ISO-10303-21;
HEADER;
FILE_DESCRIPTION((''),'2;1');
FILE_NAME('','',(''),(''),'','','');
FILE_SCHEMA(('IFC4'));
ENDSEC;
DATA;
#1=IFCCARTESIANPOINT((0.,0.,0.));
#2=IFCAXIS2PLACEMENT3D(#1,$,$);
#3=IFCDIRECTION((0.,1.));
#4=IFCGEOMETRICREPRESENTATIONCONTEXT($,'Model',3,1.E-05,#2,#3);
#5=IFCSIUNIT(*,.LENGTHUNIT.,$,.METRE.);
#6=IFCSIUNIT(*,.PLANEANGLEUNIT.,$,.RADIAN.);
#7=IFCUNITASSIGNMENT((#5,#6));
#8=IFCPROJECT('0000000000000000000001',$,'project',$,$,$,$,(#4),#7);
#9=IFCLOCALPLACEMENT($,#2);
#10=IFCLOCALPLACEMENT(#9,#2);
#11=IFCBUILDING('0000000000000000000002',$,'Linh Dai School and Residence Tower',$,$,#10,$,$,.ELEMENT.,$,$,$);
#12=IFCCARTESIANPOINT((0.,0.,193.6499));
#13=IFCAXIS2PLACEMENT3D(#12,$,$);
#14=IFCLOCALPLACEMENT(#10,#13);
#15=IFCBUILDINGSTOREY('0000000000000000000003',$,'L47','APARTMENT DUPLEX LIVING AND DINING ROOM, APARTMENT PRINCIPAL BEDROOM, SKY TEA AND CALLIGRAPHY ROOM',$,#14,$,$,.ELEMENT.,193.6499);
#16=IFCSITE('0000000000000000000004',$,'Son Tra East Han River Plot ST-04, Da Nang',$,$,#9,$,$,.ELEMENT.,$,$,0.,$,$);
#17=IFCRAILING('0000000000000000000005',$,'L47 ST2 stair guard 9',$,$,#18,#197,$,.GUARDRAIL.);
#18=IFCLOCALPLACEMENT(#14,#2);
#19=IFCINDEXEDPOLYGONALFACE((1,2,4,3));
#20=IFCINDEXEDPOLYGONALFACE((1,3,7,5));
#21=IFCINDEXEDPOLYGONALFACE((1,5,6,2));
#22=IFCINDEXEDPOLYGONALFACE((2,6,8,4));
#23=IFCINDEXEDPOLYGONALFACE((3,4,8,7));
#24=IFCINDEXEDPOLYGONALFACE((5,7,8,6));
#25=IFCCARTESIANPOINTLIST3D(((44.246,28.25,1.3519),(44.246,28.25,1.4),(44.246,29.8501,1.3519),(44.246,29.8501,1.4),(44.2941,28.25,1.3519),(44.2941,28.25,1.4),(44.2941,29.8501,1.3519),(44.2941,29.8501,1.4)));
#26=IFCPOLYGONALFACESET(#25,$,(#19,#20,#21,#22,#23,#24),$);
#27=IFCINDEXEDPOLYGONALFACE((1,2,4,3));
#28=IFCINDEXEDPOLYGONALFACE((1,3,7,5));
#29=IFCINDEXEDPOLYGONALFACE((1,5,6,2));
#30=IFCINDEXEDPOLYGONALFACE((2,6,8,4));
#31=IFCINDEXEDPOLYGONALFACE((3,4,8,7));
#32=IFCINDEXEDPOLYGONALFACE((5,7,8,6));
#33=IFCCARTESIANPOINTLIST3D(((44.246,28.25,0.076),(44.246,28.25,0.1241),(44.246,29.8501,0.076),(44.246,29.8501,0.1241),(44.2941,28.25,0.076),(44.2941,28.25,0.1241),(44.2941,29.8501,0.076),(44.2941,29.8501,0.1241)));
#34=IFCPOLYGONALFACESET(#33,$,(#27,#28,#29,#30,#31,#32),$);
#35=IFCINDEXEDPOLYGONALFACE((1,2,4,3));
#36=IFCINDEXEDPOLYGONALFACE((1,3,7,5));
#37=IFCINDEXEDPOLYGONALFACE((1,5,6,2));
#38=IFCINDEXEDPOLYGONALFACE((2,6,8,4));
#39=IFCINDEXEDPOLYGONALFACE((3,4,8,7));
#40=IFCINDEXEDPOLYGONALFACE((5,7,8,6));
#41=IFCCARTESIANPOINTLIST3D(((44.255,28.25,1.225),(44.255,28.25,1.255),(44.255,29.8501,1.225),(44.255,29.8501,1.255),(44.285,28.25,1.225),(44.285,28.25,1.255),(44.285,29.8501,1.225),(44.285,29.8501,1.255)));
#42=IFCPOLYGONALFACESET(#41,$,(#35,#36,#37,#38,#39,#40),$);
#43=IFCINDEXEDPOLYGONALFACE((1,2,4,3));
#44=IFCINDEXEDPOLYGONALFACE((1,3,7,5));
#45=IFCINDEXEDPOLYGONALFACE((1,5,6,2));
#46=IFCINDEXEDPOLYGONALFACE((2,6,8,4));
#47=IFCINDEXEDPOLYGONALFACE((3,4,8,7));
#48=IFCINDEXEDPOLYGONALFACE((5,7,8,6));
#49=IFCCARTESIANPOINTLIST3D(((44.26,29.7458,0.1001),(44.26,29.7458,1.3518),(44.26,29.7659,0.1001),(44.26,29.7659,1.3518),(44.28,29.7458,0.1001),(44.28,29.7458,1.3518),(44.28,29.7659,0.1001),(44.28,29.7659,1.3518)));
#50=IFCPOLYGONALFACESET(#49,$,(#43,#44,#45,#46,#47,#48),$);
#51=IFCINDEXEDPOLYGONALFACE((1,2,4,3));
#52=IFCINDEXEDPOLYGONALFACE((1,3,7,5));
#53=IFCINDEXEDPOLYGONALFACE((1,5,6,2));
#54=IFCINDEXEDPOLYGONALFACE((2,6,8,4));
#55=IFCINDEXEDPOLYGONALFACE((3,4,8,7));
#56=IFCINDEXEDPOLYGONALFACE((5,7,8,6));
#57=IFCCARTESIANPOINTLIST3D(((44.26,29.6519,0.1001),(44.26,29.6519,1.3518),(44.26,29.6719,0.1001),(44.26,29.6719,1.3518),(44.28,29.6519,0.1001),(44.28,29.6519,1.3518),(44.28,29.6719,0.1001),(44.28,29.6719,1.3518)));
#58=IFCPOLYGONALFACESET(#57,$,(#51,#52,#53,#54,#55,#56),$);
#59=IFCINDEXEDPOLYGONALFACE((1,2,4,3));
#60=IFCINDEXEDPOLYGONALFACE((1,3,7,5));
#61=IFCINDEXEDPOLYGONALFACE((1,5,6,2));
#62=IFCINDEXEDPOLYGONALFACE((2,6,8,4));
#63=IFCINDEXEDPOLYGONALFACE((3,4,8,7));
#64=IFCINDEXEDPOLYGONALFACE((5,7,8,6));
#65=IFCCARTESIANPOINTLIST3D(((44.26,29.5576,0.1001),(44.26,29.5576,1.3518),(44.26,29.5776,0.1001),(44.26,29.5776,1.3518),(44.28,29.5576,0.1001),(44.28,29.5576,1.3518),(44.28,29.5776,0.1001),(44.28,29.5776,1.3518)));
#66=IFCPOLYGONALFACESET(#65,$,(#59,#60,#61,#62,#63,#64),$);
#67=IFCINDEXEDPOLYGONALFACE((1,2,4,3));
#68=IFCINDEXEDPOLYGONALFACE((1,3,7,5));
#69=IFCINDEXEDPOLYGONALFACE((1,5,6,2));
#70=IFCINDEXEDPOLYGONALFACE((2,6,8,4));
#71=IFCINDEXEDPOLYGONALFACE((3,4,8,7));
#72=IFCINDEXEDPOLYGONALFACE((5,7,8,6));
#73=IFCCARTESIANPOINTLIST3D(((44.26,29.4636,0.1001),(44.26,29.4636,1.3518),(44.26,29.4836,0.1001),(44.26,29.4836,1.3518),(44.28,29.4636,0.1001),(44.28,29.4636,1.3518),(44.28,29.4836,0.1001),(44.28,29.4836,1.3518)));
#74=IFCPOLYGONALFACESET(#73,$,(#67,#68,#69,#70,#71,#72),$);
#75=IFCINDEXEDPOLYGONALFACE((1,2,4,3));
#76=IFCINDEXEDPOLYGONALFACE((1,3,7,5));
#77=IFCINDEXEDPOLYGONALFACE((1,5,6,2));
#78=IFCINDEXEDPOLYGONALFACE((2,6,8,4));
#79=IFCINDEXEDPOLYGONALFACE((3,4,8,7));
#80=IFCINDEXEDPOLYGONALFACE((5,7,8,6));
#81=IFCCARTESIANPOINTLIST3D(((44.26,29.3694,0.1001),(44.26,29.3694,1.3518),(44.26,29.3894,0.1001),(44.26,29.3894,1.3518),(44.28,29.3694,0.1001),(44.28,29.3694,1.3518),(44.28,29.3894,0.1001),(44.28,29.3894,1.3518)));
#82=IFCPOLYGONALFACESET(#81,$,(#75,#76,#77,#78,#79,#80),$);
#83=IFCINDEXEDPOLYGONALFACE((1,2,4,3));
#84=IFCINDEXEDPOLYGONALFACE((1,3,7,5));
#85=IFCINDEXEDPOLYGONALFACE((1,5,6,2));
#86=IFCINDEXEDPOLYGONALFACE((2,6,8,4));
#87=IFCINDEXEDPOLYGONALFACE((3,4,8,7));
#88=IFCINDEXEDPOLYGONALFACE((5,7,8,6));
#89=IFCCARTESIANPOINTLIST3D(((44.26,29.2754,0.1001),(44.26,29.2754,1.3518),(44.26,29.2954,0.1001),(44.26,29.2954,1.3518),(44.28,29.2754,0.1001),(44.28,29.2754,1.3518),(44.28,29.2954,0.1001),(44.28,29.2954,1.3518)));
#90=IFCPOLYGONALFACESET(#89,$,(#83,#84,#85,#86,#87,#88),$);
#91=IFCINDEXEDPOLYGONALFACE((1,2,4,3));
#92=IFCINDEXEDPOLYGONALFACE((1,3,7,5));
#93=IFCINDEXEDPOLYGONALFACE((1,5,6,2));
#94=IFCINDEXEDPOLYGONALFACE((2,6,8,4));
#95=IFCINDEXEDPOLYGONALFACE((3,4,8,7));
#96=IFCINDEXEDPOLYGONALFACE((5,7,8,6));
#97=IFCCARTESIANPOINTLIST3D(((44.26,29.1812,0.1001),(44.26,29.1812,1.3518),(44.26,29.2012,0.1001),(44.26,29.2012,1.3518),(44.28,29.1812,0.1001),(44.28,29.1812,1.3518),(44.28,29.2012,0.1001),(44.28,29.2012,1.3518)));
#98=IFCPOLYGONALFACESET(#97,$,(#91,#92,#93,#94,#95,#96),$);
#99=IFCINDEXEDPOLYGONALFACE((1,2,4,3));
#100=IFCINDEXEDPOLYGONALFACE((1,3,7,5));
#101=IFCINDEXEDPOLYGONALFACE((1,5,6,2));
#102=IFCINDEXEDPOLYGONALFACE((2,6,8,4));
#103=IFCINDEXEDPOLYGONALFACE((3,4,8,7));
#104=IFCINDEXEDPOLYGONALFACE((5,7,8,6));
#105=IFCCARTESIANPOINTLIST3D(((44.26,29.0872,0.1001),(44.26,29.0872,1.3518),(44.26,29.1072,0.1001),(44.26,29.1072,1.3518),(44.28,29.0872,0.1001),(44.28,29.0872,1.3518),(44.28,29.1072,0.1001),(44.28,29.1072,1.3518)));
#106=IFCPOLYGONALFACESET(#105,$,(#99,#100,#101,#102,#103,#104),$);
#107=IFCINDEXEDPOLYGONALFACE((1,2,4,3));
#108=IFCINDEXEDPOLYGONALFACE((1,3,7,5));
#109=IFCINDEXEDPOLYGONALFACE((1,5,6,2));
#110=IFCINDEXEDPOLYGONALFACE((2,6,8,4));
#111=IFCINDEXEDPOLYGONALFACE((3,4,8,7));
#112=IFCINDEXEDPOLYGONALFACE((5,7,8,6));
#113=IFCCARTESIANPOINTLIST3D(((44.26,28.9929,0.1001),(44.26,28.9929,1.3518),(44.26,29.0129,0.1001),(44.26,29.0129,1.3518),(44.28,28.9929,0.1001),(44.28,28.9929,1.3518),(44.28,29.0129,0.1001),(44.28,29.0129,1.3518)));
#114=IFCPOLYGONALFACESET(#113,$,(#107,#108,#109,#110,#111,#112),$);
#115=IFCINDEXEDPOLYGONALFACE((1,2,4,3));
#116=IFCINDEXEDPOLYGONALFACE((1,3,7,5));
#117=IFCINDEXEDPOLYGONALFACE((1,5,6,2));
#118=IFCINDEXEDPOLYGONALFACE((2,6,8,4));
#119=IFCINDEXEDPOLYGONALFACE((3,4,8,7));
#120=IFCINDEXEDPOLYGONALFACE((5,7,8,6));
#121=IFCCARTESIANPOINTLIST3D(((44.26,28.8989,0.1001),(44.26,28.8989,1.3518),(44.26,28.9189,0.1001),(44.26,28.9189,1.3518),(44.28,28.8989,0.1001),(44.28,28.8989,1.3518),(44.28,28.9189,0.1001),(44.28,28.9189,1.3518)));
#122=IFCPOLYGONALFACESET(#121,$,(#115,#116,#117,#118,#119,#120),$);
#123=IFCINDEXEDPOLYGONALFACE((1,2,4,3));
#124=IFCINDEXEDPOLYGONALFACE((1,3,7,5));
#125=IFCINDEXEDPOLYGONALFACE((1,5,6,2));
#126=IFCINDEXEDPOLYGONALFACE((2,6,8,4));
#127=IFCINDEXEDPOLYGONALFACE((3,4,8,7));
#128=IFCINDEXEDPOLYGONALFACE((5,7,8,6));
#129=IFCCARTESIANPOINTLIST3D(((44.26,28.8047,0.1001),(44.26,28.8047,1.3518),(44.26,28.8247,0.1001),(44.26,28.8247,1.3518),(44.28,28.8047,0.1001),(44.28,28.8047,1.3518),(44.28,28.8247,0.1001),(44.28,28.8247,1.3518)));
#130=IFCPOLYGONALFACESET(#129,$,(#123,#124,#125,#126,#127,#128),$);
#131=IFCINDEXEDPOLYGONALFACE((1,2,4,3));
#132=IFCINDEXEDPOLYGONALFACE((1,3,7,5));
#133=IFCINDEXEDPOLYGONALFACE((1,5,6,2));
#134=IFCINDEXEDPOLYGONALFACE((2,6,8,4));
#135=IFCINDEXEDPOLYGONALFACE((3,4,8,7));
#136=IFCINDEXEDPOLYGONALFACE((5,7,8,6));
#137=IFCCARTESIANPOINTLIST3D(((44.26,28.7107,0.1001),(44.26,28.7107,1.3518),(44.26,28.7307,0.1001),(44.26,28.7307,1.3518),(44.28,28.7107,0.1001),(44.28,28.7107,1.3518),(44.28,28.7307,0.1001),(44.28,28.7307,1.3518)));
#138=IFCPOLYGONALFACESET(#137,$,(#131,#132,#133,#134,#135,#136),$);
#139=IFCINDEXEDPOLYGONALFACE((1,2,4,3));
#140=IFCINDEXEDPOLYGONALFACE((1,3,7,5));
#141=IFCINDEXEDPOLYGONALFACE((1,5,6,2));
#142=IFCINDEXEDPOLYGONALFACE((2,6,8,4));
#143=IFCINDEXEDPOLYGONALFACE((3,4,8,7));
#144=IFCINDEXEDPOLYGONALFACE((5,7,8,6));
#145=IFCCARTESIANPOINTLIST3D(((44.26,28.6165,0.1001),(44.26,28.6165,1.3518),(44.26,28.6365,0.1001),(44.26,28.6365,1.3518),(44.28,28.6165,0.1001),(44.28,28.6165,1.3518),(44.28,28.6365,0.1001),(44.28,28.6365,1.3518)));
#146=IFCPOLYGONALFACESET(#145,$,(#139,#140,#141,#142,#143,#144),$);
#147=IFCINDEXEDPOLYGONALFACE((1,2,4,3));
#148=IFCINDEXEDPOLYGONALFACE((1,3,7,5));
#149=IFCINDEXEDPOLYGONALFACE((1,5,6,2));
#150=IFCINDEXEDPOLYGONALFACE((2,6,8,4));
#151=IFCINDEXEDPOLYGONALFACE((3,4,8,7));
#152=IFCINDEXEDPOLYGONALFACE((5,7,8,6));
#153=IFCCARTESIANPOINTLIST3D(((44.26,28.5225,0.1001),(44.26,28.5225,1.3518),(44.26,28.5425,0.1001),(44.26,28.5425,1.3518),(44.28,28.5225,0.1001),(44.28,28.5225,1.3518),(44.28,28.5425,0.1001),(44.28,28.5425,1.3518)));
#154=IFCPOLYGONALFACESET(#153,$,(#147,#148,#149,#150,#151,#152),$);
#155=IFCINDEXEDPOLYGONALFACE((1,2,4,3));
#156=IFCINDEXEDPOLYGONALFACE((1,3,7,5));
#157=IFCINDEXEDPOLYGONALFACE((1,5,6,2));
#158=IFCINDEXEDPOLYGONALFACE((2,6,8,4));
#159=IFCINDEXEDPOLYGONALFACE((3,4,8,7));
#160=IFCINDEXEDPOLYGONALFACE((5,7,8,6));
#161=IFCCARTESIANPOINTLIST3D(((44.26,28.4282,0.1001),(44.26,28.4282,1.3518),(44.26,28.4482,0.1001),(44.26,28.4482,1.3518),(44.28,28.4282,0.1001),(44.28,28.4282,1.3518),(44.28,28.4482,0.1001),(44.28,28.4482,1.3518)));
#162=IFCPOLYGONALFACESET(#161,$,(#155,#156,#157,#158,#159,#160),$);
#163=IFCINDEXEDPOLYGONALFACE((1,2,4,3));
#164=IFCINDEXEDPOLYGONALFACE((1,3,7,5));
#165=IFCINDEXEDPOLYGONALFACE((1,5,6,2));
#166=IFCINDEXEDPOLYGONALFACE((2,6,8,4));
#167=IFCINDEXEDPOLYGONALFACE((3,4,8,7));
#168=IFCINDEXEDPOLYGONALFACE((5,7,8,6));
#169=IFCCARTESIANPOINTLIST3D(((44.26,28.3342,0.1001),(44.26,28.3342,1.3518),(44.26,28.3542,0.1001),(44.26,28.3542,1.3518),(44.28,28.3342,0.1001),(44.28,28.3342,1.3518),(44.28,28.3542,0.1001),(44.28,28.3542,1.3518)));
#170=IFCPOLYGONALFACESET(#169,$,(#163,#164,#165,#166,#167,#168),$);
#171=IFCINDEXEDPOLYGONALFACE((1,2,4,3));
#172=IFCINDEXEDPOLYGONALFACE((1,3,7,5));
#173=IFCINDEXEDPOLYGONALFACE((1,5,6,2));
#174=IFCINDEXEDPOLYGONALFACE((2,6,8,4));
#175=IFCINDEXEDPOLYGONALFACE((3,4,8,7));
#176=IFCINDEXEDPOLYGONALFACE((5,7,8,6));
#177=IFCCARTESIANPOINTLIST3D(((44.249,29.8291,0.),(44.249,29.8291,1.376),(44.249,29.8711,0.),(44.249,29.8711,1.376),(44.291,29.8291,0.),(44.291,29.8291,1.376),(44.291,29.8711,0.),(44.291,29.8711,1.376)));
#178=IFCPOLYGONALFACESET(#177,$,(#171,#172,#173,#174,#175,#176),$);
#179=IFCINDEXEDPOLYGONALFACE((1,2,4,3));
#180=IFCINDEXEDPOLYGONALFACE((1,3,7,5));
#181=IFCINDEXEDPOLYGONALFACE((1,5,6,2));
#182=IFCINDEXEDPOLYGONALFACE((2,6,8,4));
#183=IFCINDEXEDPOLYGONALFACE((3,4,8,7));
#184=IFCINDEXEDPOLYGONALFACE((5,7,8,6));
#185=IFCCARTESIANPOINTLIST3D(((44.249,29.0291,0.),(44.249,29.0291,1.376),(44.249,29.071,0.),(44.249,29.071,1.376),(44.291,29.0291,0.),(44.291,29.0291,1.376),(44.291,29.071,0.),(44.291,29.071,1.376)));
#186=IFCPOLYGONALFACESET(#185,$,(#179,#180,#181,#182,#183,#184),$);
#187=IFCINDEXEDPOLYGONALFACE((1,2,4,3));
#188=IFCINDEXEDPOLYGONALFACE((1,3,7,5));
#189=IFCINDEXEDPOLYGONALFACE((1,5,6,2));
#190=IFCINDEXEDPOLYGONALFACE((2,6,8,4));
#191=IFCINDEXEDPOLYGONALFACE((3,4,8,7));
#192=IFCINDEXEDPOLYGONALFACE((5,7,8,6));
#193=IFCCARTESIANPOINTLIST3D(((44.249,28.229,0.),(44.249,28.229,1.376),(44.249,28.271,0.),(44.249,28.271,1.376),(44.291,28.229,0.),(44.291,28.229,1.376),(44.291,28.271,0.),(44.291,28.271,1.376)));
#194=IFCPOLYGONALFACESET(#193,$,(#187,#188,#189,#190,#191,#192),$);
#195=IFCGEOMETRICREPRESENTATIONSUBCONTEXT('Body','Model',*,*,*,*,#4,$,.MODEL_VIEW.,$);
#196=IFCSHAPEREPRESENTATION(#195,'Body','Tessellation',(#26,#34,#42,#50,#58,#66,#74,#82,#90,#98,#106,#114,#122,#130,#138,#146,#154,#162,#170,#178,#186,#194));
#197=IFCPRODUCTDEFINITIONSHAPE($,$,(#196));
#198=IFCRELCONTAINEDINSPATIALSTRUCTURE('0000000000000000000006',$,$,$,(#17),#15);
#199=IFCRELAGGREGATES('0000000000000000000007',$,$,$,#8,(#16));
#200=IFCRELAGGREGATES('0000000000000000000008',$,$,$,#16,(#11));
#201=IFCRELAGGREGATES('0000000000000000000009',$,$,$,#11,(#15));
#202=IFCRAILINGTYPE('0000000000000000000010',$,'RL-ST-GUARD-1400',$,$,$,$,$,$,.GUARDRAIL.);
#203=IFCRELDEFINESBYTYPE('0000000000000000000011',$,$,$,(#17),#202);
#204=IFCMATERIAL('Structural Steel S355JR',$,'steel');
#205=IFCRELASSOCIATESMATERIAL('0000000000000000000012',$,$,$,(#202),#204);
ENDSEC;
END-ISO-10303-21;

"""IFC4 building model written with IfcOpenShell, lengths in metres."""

from ifc_helpers import new_model, si_unit, direction, frame, origin, origin_2d, place, context, subcontext, project, spatial, rectangle, extrude, source, transform, mapped, material, type_object, element, save


model = new_model("IFC4")

# Units and contexts
model_context = context("Model", 3, precision=1e-05, world=origin(), true_north=direction((0.0, 1.0)))
body_context = subcontext(model_context, "Body", "Model", "MODEL_VIEW")
ifc_project = project(units=[si_unit("LENGTHUNIT", "METRE"), si_unit("PLANEANGLEUNIT", "RADIAN")], contexts=[model_context])

# Site, building, storey
site_placement = place(None, origin())
site = spatial("IfcSite", under=ifc_project, at=site_placement, Name="Son Tra East Han River Plot ST-04, Da Nang", CompositionType="ELEMENT", RefElevation=0.0)
building_placement = place(site_placement, origin())
building = spatial("IfcBuilding", under=site, at=building_placement, Name="Linh Dai School and Residence Tower", CompositionType="ELEMENT")
storey_placement = place(building_placement, frame((0.0, 0.0, 193.6499)))
storey = spatial("IfcBuildingStorey", under=building, at=storey_placement, Name="L47", Description="APARTMENT DUPLEX LIVING AND DINING ROOM, APARTMENT PRINCIPAL BEDROOM, SKY TEA AND CALLIGRAPHY ROOM", CompositionType="ELEMENT", Elevation=193.6499)

# Shared definitions
ifc_material_1 = material(Name="Structural Steel S355JR", Category="steel")

# Railing
railing_type_1 = type_object("IfcRailingType", Name="RL-ST-GUARD-1400", PredefinedType="GUARDRAIL", material=ifc_material_1)
shared_shape_1 = source(origin(), body_context, "Body", "SweptSolid", [
    extrude(rectangle(XDim=0.0481, YDim=0.0481, at=origin_2d()), frame((0.0, 0.0, 1.376), z_axis=(0.0, -1.0, 0.0), x_axis=(1.0, 0.0, 0.0)), (0.0, 0.0, 1.0), 1.6001),
    extrude(rectangle(XDim=0.0481, YDim=0.0481, at=origin_2d()), frame((0.0, 0.0, 0.1001), z_axis=(0.0, -1.0, 0.0), x_axis=(1.0, 0.0, 0.0)), (0.0, 0.0, 1.0), 1.6001),
    extrude(rectangle(XDim=0.03, YDim=0.03, at=origin_2d()), frame((0.0, 0.0, 1.24), z_axis=(0.0, -1.0, 0.0), x_axis=(1.0, 0.0, 0.0)), (0.0, 0.0, 1.0), 1.6001),
    extrude(rectangle(XDim=0.02, YDim=0.02, at=origin_2d()), frame((0.0, -0.0942, 0.1001)), (0.0, 0.0, 1.0), 1.2517),
    extrude(rectangle(XDim=0.02, YDim=0.02, at=origin_2d()), frame((0.0, -0.1882, 0.1001)), (0.0, 0.0, 1.0), 1.2517),
    extrude(rectangle(XDim=0.02, YDim=0.02, at=origin_2d()), frame((0.0, -0.2825, 0.1001)), (0.0, 0.0, 1.0), 1.2517),
    extrude(rectangle(XDim=0.02, YDim=0.02, at=origin_2d()), frame((0.0, -0.3765, 0.1001)), (0.0, 0.0, 1.0), 1.2517),
    extrude(rectangle(XDim=0.02, YDim=0.02, at=origin_2d()), frame((0.0, -0.4707, 0.1001)), (0.0, 0.0, 1.0), 1.2517),
    extrude(rectangle(XDim=0.02, YDim=0.02, at=origin_2d()), frame((0.0, -0.5647, 0.1001)), (0.0, 0.0, 1.0), 1.2517),
    extrude(rectangle(XDim=0.02, YDim=0.02, at=origin_2d()), frame((0.0, -0.6589, 0.1001)), (0.0, 0.0, 1.0), 1.2517),
    extrude(rectangle(XDim=0.02, YDim=0.02, at=origin_2d()), frame((0.0, -0.7529, 0.1001)), (0.0, 0.0, 1.0), 1.2517),
    extrude(rectangle(XDim=0.02, YDim=0.02, at=origin_2d()), frame((0.0, -0.8472, 0.1001)), (0.0, 0.0, 1.0), 1.2517),
    extrude(rectangle(XDim=0.02, YDim=0.02, at=origin_2d()), frame((0.0, -0.9412, 0.1001)), (0.0, 0.0, 1.0), 1.2517),
    extrude(rectangle(XDim=0.02, YDim=0.02, at=origin_2d()), frame((0.0, -1.0354, 0.1001)), (0.0, 0.0, 1.0), 1.2517),
    extrude(rectangle(XDim=0.02, YDim=0.02, at=origin_2d()), frame((0.0, -1.1294, 0.1001)), (0.0, 0.0, 1.0), 1.2517),
    extrude(rectangle(XDim=0.02, YDim=0.02, at=origin_2d()), frame((0.0, -1.2236, 0.1001)), (0.0, 0.0, 1.0), 1.2517),
    extrude(rectangle(XDim=0.02, YDim=0.02, at=origin_2d()), frame((0.0, -1.3176, 0.1001)), (0.0, 0.0, 1.0), 1.2517),
    extrude(rectangle(XDim=0.02, YDim=0.02, at=origin_2d()), frame((0.0, -1.4119, 0.1001)), (0.0, 0.0, 1.0), 1.2517),
    extrude(rectangle(XDim=0.02, YDim=0.02, at=origin_2d()), frame((0.0, -1.5059, 0.1001)), (0.0, 0.0, 1.0), 1.2517),
    extrude(rectangle(XDim=0.042, YDim=0.042, at=origin_2d()), origin(), (0.0, 0.0, 1.0), 1.376),
    extrude(rectangle(XDim=0.042, YDim=0.042, at=origin_2d()), frame((0.0, -0.8, 0.0)), (0.0, 0.0, 1.0), 1.376),
    extrude(rectangle(XDim=0.042, YDim=0.042, at=origin_2d()), frame((0.0, -1.6001, 0.0)), (0.0, 0.0, 1.0), 1.376),
])
for number, where, name in (
    (1, (44.27, 29.8501, 0.0), "L47 ST2 stair guard 9"),
):
    element("IfcRailing", number, at=place(storey_placement, frame(where)), inside=storey, type_object=railing_type_1, Name=name, PredefinedType="GUARDRAIL", context=body_context, shape_type="MappedRepresentation", body=[
        mapped(shared_shape_1, transform((0.0, 0.0, 0.0), x_axis=(1.0, 0.0, 0.0), y_axis=(0.0, 1.0, 0.0), z_axis=(0.0, 0.0, 1.0), scale=1.0)),
    ])

save(model, "model.ifc")
